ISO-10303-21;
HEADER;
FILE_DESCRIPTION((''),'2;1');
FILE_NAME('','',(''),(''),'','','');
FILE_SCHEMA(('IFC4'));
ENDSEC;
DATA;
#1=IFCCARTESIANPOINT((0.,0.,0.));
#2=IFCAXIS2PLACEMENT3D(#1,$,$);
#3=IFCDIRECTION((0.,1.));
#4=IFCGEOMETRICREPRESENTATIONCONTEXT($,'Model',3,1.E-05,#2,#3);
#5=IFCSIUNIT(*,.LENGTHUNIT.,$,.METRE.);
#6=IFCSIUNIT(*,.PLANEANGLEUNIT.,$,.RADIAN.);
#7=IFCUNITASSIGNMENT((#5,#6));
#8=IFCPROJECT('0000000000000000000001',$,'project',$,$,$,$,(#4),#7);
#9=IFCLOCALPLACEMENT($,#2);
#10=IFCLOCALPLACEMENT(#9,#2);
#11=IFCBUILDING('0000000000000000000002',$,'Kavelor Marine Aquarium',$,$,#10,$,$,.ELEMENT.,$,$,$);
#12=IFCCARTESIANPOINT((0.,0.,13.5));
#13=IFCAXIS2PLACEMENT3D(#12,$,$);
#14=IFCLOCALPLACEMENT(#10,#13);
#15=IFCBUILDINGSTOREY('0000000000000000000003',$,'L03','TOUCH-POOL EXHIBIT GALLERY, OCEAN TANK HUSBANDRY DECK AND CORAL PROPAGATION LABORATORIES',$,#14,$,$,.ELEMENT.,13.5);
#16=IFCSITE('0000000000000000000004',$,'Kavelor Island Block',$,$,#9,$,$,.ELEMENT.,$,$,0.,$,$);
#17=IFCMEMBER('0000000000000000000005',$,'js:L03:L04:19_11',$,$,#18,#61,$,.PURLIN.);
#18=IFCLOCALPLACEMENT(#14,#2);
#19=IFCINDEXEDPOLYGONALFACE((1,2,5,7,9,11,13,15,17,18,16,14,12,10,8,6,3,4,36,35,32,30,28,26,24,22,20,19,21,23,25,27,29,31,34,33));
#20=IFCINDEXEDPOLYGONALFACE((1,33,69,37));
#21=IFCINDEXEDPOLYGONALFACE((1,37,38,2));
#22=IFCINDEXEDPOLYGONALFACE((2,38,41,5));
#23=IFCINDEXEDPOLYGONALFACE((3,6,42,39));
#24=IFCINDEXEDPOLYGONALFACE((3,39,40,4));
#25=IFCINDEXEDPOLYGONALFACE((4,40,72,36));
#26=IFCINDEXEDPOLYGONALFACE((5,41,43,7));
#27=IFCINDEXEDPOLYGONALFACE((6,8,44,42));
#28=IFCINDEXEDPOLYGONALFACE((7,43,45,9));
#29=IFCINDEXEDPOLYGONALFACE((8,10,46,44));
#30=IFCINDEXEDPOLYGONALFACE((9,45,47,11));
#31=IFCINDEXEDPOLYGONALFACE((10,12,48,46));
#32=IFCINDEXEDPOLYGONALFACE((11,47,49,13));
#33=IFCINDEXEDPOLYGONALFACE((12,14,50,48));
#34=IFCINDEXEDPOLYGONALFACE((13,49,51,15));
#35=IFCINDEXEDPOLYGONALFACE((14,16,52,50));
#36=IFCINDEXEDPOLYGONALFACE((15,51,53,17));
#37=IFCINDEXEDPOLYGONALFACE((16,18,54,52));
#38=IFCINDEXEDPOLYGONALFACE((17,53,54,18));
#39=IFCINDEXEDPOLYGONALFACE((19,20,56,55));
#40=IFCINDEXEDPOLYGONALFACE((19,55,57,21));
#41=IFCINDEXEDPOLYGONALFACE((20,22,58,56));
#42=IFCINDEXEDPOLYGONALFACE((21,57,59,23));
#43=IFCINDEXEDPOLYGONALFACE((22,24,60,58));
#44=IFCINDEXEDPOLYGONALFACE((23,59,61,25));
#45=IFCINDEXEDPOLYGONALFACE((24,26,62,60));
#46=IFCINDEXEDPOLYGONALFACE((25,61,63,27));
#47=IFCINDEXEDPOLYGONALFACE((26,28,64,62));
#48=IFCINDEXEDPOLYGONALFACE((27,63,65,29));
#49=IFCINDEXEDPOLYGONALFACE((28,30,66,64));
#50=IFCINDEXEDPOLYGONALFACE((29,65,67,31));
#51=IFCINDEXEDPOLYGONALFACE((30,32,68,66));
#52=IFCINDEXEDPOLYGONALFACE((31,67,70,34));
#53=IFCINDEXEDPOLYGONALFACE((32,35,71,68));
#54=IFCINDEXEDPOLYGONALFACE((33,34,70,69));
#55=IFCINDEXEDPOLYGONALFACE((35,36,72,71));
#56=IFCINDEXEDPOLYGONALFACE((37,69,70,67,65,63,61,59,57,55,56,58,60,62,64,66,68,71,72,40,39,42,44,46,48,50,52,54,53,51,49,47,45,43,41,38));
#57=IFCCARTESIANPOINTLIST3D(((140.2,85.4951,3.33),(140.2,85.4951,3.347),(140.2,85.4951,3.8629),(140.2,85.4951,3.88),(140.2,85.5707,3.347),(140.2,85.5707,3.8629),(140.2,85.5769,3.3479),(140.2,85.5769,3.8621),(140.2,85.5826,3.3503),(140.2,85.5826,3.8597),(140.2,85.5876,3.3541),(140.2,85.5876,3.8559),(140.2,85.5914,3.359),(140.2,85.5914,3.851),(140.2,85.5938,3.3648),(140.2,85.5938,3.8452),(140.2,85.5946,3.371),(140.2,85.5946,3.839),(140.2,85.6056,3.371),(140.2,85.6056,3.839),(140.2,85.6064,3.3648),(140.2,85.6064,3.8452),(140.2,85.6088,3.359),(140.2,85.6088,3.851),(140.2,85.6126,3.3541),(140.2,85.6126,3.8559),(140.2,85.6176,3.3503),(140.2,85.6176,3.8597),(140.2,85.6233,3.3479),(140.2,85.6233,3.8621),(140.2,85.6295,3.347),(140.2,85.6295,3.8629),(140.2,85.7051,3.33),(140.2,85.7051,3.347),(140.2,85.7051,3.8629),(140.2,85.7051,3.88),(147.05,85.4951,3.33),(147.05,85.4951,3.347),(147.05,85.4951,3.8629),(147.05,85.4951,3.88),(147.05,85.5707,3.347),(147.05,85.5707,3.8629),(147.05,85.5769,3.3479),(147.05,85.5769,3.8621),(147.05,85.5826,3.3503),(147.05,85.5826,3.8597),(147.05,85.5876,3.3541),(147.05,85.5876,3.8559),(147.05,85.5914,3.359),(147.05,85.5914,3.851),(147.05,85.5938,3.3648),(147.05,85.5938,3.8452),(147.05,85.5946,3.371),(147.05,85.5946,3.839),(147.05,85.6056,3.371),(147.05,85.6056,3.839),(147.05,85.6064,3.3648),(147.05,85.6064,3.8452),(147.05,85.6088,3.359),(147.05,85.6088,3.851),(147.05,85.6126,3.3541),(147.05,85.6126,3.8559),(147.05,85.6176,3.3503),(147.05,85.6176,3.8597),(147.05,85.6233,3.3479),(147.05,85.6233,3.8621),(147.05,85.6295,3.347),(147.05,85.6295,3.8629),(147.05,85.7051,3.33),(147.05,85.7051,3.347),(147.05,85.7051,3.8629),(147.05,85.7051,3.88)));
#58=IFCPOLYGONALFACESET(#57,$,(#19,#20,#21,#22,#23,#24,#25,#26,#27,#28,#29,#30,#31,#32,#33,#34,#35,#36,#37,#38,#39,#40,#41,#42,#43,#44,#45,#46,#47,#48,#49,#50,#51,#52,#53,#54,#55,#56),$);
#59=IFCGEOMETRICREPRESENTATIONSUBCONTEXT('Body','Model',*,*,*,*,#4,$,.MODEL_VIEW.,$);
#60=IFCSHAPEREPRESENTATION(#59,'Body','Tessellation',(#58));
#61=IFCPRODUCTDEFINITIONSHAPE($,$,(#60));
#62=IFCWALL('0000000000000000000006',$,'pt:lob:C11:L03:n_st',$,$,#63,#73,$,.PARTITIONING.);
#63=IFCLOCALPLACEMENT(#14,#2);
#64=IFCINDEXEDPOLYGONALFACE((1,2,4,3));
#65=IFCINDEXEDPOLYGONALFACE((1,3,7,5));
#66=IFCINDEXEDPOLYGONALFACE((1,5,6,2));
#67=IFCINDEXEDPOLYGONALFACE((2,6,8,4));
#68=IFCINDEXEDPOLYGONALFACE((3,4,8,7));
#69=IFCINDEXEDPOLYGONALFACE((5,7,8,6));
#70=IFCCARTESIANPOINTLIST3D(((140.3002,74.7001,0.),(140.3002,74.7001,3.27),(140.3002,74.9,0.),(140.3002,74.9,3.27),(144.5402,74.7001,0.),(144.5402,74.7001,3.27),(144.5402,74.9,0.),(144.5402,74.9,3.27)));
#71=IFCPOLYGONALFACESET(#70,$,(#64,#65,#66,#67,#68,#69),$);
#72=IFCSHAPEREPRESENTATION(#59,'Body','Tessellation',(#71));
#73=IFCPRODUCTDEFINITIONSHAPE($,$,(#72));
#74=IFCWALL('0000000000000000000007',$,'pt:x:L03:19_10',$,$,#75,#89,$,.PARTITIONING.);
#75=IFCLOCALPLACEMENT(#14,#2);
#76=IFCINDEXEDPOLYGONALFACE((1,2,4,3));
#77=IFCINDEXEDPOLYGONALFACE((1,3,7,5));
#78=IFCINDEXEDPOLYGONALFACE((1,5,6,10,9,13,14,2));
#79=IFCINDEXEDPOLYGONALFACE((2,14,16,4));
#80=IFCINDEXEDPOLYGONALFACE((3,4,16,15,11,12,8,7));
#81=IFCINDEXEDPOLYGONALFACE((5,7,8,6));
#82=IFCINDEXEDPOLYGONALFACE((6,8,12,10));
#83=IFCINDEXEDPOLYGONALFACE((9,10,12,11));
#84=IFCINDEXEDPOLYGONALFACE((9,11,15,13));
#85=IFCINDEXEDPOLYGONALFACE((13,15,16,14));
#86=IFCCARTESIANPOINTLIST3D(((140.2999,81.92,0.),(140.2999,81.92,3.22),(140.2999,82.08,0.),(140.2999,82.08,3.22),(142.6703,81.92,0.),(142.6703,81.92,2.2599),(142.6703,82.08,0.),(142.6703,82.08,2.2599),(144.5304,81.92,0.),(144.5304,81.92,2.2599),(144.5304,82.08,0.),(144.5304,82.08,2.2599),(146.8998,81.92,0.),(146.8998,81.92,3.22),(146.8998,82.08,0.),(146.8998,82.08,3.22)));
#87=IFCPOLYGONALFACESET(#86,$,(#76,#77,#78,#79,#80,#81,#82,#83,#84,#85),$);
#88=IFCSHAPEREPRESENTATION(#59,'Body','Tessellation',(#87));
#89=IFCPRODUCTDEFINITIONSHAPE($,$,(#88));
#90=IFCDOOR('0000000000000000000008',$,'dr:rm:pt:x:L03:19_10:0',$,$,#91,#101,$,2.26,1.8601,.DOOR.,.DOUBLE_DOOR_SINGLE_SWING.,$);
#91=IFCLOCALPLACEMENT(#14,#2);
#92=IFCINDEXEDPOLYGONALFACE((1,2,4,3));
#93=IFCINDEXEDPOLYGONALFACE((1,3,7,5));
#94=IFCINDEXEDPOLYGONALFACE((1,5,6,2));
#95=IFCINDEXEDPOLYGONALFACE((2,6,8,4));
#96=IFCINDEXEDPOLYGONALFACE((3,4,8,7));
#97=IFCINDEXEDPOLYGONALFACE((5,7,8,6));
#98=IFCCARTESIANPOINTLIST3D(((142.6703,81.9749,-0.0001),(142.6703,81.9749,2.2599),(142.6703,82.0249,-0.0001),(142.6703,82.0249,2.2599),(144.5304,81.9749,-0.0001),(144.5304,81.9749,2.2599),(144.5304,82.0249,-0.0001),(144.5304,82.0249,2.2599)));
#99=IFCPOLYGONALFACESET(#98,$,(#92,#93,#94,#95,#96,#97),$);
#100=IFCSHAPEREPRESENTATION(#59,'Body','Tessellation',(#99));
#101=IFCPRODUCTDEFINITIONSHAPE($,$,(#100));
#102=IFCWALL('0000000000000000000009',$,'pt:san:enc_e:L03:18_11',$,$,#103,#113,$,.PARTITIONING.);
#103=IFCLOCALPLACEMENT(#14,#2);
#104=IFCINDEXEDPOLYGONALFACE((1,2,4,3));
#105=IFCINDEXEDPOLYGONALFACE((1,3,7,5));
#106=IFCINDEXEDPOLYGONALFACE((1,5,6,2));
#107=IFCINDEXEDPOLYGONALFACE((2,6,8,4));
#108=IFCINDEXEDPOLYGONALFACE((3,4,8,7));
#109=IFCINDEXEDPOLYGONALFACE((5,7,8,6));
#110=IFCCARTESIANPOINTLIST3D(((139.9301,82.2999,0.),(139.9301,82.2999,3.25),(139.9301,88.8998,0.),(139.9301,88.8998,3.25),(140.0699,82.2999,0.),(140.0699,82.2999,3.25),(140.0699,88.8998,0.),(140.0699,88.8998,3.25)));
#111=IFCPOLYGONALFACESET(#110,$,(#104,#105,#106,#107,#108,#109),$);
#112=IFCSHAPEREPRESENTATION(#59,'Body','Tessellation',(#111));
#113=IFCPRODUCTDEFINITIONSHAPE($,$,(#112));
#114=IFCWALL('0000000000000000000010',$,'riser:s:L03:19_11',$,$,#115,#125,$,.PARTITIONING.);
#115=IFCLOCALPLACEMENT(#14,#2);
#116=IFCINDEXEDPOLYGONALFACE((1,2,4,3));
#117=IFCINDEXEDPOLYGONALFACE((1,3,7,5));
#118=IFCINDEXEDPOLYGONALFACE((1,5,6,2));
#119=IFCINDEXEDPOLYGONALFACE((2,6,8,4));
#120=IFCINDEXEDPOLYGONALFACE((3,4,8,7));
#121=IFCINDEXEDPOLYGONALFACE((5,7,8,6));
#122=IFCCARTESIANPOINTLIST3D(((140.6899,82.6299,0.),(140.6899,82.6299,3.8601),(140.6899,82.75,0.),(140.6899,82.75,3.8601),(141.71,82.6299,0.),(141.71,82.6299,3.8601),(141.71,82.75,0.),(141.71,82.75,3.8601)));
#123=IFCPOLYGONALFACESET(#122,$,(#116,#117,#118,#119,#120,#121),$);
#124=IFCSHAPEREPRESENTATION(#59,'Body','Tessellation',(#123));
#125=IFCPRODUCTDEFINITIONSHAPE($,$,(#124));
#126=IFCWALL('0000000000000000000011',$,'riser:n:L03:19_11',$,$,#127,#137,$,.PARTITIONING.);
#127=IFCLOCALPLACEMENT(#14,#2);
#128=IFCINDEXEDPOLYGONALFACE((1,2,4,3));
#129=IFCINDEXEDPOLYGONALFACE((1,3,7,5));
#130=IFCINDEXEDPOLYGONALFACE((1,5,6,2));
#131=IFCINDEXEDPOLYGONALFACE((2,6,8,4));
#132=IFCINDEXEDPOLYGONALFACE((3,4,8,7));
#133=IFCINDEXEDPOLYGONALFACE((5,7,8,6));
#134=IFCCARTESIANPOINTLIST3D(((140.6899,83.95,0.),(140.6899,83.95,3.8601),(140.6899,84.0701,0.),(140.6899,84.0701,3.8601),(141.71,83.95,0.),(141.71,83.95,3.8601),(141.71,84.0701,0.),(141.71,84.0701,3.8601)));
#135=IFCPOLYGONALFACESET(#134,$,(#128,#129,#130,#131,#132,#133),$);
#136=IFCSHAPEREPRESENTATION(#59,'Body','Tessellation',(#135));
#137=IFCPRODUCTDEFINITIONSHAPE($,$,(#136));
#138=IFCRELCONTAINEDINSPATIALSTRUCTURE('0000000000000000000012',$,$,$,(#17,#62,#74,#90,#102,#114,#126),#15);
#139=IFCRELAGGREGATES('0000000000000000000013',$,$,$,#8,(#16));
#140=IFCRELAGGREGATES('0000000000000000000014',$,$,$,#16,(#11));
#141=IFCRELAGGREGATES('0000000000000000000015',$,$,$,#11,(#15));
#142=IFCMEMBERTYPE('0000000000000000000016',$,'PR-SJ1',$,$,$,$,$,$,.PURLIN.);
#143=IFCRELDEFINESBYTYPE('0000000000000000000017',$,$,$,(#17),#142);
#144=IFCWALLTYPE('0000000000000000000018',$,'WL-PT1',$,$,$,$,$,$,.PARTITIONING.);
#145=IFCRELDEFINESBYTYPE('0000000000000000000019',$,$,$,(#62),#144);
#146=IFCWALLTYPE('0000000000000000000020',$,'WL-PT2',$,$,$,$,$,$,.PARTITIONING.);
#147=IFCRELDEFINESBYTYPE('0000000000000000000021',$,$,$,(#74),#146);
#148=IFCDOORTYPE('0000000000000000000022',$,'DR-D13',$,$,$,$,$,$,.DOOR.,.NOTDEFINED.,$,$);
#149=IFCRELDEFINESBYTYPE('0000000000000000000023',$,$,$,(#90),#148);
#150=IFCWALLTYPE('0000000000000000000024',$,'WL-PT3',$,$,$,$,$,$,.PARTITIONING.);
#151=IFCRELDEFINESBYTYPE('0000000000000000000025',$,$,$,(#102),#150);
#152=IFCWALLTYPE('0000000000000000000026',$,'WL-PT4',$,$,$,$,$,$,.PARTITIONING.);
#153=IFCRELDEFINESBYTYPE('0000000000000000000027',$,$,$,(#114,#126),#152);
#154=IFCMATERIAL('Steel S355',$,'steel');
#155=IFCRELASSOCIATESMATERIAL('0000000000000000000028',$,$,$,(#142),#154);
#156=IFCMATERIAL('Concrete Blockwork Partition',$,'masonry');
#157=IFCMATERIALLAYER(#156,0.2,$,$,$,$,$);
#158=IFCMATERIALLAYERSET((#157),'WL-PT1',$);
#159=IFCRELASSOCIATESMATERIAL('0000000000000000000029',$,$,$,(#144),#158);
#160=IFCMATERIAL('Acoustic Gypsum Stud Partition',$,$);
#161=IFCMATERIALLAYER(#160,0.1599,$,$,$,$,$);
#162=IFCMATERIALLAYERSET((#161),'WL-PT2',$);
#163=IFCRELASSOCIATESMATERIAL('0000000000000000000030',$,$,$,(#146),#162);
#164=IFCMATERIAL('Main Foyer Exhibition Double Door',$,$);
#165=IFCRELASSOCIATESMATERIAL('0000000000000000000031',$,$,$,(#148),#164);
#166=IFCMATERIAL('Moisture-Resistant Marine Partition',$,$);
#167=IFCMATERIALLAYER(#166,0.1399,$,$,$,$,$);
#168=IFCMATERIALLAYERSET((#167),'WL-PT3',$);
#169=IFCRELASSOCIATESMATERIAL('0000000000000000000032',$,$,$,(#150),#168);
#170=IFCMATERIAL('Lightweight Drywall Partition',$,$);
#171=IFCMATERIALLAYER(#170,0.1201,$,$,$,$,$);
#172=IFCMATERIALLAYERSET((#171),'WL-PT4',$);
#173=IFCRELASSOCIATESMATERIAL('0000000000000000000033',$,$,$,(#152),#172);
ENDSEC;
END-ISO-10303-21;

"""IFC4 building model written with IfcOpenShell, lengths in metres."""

from ifc_helpers import new_model, si_unit, direction, frame, frame_2d, origin, origin_2d, place, context, subcontext, project, spatial, rectangle, i_section, extrude, material, layer, layer_set, material_profile, profile_set, type_object, element, fill, save


model = new_model("IFC4")

# Units and contexts
model_context = context("Model", 3, precision=1e-05, world=origin(), true_north=direction((0.0, 1.0)))
body_context = subcontext(model_context, "Body", "Model", "MODEL_VIEW")
ifc_project = project(units=[si_unit("LENGTHUNIT", "METRE"), si_unit("PLANEANGLEUNIT", "RADIAN")], contexts=[model_context])

# Site, building, storey
site_placement = place(None, origin())
site = spatial("IfcSite", under=ifc_project, at=site_placement, Name="Kavelor Island Block", CompositionType="ELEMENT", RefElevation=0.0)
building_placement = place(site_placement, origin())
building = spatial("IfcBuilding", under=site, at=building_placement, Name="Kavelor Marine Aquarium", CompositionType="ELEMENT")
storey_placement = place(building_placement, frame((0.0, 0.0, 13.5)))
storey = spatial("IfcBuildingStorey", under=building, at=storey_placement, Name="L03", Description="TOUCH-POOL EXHIBIT GALLERY, OCEAN TANK HUSBANDRY DECK AND CORAL PROPAGATION LABORATORIES", CompositionType="ELEMENT", Elevation=13.5)

# Member
ifc_material_1 = material(Name="Steel S355", Category="steel")
ifc_material_profile_1 = material_profile(ifc_material_1, i_section(OverallWidth=0.21, OverallDepth=0.55, WebThickness=0.011, FlangeThickness=0.0171, FilletRadius=0.0239, at=origin_2d()), Name="IPE 550")
ifc_profile_set_1 = profile_set([ifc_material_profile_1], Name="Steel S355")
member_type_1 = type_object("IfcMemberType", Name="PR-SJ1", PredefinedType="PURLIN", material=ifc_profile_set_1)
member_1_placement = place(storey_placement, frame((140.2, 85.6001, 3.605), z_axis=(1.0, 0.0, 0.0), x_axis=(0.0, 1.0, 0.0)))
element("IfcMember", 1, at=member_1_placement, inside=storey, type_object=member_type_1, Name="js:L03:L04:19_11", PredefinedType="PURLIN", context=body_context, shape_type="SweptSolid", body=[
    extrude(i_section(OverallWidth=0.21, OverallDepth=0.55, WebThickness=0.011, FlangeThickness=0.0171, FilletRadius=0.0239, at=origin_2d()), origin(), (0.0, 0.0, 1.0), 6.8501),
])

# Wall
ifc_material_2 = material(Name="Concrete Blockwork Partition", Category="masonry")
ifc_layer_1 = layer(ifc_material_2, 0.2)
ifc_layer_set_1 = layer_set([ifc_layer_1], Name="WL-PT1")
wall_type_1 = type_object("IfcWallType", Name="WL-PT1", PredefinedType="PARTITIONING", material=ifc_layer_set_1)
wall_1_placement = place(storey_placement, frame((140.3, 74.8, 0.0), z_axis=(0.0, 0.0, 1.0), x_axis=(1.0, 0.0, 0.0)))
element("IfcWall", 2, at=wall_1_placement, inside=storey, type_object=wall_type_1, Name="pt:lob:C11:L03:n_st", PredefinedType="PARTITIONING", context=body_context, shape_type="SweptSolid", body=[
    extrude(rectangle(XDim=4.24, YDim=0.2, at=frame_2d((2.1201, 0.0))), origin(), (0.0, 0.0, 1.0), 3.27),
])

# Wall, opening, door
ifc_material_3 = material(Name="Acoustic Gypsum Stud Partition")
ifc_layer_2 = layer(ifc_material_3, 0.1599)
ifc_layer_set_2 = layer_set([ifc_layer_2], Name="WL-PT2")
wall_type_2 = type_object("IfcWallType", Name="WL-PT2", PredefinedType="PARTITIONING", material=ifc_layer_set_2)
wall_2_placement = place(storey_placement, frame((140.3, 82.0, 0.0), z_axis=(0.0, 0.0, 1.0), x_axis=(1.0, 0.0, 0.0)))
wall_2 = element("IfcWall", 3, at=wall_2_placement, inside=storey, type_object=wall_type_2, Name="pt:x:L03:19_10", PredefinedType="PARTITIONING", context=body_context, shape_type="SweptSolid", body=[
    extrude(rectangle(XDim=6.5999, YDim=0.1599, at=frame_2d((3.2998, 0.0))), origin(), (0.0, 0.0, 1.0), 3.22),
])
opening_1_placement = place(wall_2_placement, frame((2.3701, 0.0, 0.0)))
opening_1 = element("IfcOpeningElement", 4, at=opening_1_placement, cuts=wall_2, PredefinedType="OPENING", context=body_context, shape_type="SweptSolid", body=[
    extrude(rectangle(XDim=1.8601, YDim=2.26, at=frame_2d((0.9302, 1.1299))), frame((0.0, 0.0898, 0.0), z_axis=(0.0, -1.0, 0.0), x_axis=(1.0, 0.0, 0.0)), (0.0, 0.0, 1.0), 0.1799),
])
ifc_material_4 = material(Name="Main Foyer Exhibition Double Door")
door_type_1 = type_object("IfcDoorType", Name="DR-D13", OperationType="NOTDEFINED", PredefinedType="DOOR", material=ifc_material_4)
door_1_placement = place(opening_1_placement, origin())
door_1 = element("IfcDoor", 5, at=door_1_placement, inside=storey, type_object=door_type_1, Name="dr:rm:pt:x:L03:19_10:0", OperationType="DOUBLE_DOOR_SINGLE_SWING", OverallHeight=2.26, OverallWidth=1.8601, PredefinedType="DOOR", context=body_context, shape_type="SweptSolid", body=[
    extrude(rectangle(XDim=1.8601, YDim=2.26, at=frame_2d((0.9302, 1.1299))), frame((0.0, 0.0249, 0.0), z_axis=(0.0, -1.0, 0.0), x_axis=(1.0, 0.0, 0.0)), (0.0, 0.0, 1.0), 0.05),
])
fill(opening_1, door_1)

# Walls
ifc_material_5 = material(Name="Moisture-Resistant Marine Partition")
ifc_layer_3 = layer(ifc_material_5, 0.1399)
ifc_layer_set_3 = layer_set([ifc_layer_3], Name="WL-PT3")
wall_type_3 = type_object("IfcWallType", Name="WL-PT3", PredefinedType="PARTITIONING", material=ifc_layer_set_3)
wall_3_placement = place(storey_placement, frame((140.0, 82.3, 0.0), z_axis=(0.0, 0.0, 1.0), x_axis=(0.0, 1.0, 0.0)))
element("IfcWall", 6, at=wall_3_placement, inside=storey, type_object=wall_type_3, Name="pt:san:enc_e:L03:18_11", PredefinedType="PARTITIONING", context=body_context, shape_type="SweptSolid", body=[
    extrude(rectangle(XDim=6.5999, YDim=0.1399, at=frame_2d((3.2998, 0.0))), origin(), (0.0, 0.0, 1.0), 3.25),
])
ifc_material_6 = material(Name="Lightweight Drywall Partition")
ifc_layer_4 = layer(ifc_material_6, 0.1201)
ifc_layer_set_4 = layer_set([ifc_layer_4], Name="WL-PT4")
wall_type_4 = type_object("IfcWallType", Name="WL-PT4", PredefinedType="PARTITIONING", material=ifc_layer_set_4)
for number, where, z_axis, x_axis, name in (
    (7, (140.6899, 82.6899, 0.0), (0.0, 0.0, 1.0), (1.0, 0.0, 0.0), "riser:s:L03:19_11"),
    (8, (140.6899, 84.01, 0.0), (0.0, 0.0, 1.0), (1.0, 0.0, 0.0), "riser:n:L03:19_11"),
):
    element("IfcWall", number, at=place(storey_placement, frame(where, z_axis=z_axis, x_axis=x_axis)), inside=storey, type_object=wall_type_4, Name=name, PredefinedType="PARTITIONING", context=body_context, shape_type="SweptSolid", body=[
        extrude(rectangle(XDim=1.02, YDim=0.1201, at=frame_2d((0.51, 0.0))), origin(), (0.0, 0.0, 1.0), 3.8601),
    ])

save(model, "model.ifc")
